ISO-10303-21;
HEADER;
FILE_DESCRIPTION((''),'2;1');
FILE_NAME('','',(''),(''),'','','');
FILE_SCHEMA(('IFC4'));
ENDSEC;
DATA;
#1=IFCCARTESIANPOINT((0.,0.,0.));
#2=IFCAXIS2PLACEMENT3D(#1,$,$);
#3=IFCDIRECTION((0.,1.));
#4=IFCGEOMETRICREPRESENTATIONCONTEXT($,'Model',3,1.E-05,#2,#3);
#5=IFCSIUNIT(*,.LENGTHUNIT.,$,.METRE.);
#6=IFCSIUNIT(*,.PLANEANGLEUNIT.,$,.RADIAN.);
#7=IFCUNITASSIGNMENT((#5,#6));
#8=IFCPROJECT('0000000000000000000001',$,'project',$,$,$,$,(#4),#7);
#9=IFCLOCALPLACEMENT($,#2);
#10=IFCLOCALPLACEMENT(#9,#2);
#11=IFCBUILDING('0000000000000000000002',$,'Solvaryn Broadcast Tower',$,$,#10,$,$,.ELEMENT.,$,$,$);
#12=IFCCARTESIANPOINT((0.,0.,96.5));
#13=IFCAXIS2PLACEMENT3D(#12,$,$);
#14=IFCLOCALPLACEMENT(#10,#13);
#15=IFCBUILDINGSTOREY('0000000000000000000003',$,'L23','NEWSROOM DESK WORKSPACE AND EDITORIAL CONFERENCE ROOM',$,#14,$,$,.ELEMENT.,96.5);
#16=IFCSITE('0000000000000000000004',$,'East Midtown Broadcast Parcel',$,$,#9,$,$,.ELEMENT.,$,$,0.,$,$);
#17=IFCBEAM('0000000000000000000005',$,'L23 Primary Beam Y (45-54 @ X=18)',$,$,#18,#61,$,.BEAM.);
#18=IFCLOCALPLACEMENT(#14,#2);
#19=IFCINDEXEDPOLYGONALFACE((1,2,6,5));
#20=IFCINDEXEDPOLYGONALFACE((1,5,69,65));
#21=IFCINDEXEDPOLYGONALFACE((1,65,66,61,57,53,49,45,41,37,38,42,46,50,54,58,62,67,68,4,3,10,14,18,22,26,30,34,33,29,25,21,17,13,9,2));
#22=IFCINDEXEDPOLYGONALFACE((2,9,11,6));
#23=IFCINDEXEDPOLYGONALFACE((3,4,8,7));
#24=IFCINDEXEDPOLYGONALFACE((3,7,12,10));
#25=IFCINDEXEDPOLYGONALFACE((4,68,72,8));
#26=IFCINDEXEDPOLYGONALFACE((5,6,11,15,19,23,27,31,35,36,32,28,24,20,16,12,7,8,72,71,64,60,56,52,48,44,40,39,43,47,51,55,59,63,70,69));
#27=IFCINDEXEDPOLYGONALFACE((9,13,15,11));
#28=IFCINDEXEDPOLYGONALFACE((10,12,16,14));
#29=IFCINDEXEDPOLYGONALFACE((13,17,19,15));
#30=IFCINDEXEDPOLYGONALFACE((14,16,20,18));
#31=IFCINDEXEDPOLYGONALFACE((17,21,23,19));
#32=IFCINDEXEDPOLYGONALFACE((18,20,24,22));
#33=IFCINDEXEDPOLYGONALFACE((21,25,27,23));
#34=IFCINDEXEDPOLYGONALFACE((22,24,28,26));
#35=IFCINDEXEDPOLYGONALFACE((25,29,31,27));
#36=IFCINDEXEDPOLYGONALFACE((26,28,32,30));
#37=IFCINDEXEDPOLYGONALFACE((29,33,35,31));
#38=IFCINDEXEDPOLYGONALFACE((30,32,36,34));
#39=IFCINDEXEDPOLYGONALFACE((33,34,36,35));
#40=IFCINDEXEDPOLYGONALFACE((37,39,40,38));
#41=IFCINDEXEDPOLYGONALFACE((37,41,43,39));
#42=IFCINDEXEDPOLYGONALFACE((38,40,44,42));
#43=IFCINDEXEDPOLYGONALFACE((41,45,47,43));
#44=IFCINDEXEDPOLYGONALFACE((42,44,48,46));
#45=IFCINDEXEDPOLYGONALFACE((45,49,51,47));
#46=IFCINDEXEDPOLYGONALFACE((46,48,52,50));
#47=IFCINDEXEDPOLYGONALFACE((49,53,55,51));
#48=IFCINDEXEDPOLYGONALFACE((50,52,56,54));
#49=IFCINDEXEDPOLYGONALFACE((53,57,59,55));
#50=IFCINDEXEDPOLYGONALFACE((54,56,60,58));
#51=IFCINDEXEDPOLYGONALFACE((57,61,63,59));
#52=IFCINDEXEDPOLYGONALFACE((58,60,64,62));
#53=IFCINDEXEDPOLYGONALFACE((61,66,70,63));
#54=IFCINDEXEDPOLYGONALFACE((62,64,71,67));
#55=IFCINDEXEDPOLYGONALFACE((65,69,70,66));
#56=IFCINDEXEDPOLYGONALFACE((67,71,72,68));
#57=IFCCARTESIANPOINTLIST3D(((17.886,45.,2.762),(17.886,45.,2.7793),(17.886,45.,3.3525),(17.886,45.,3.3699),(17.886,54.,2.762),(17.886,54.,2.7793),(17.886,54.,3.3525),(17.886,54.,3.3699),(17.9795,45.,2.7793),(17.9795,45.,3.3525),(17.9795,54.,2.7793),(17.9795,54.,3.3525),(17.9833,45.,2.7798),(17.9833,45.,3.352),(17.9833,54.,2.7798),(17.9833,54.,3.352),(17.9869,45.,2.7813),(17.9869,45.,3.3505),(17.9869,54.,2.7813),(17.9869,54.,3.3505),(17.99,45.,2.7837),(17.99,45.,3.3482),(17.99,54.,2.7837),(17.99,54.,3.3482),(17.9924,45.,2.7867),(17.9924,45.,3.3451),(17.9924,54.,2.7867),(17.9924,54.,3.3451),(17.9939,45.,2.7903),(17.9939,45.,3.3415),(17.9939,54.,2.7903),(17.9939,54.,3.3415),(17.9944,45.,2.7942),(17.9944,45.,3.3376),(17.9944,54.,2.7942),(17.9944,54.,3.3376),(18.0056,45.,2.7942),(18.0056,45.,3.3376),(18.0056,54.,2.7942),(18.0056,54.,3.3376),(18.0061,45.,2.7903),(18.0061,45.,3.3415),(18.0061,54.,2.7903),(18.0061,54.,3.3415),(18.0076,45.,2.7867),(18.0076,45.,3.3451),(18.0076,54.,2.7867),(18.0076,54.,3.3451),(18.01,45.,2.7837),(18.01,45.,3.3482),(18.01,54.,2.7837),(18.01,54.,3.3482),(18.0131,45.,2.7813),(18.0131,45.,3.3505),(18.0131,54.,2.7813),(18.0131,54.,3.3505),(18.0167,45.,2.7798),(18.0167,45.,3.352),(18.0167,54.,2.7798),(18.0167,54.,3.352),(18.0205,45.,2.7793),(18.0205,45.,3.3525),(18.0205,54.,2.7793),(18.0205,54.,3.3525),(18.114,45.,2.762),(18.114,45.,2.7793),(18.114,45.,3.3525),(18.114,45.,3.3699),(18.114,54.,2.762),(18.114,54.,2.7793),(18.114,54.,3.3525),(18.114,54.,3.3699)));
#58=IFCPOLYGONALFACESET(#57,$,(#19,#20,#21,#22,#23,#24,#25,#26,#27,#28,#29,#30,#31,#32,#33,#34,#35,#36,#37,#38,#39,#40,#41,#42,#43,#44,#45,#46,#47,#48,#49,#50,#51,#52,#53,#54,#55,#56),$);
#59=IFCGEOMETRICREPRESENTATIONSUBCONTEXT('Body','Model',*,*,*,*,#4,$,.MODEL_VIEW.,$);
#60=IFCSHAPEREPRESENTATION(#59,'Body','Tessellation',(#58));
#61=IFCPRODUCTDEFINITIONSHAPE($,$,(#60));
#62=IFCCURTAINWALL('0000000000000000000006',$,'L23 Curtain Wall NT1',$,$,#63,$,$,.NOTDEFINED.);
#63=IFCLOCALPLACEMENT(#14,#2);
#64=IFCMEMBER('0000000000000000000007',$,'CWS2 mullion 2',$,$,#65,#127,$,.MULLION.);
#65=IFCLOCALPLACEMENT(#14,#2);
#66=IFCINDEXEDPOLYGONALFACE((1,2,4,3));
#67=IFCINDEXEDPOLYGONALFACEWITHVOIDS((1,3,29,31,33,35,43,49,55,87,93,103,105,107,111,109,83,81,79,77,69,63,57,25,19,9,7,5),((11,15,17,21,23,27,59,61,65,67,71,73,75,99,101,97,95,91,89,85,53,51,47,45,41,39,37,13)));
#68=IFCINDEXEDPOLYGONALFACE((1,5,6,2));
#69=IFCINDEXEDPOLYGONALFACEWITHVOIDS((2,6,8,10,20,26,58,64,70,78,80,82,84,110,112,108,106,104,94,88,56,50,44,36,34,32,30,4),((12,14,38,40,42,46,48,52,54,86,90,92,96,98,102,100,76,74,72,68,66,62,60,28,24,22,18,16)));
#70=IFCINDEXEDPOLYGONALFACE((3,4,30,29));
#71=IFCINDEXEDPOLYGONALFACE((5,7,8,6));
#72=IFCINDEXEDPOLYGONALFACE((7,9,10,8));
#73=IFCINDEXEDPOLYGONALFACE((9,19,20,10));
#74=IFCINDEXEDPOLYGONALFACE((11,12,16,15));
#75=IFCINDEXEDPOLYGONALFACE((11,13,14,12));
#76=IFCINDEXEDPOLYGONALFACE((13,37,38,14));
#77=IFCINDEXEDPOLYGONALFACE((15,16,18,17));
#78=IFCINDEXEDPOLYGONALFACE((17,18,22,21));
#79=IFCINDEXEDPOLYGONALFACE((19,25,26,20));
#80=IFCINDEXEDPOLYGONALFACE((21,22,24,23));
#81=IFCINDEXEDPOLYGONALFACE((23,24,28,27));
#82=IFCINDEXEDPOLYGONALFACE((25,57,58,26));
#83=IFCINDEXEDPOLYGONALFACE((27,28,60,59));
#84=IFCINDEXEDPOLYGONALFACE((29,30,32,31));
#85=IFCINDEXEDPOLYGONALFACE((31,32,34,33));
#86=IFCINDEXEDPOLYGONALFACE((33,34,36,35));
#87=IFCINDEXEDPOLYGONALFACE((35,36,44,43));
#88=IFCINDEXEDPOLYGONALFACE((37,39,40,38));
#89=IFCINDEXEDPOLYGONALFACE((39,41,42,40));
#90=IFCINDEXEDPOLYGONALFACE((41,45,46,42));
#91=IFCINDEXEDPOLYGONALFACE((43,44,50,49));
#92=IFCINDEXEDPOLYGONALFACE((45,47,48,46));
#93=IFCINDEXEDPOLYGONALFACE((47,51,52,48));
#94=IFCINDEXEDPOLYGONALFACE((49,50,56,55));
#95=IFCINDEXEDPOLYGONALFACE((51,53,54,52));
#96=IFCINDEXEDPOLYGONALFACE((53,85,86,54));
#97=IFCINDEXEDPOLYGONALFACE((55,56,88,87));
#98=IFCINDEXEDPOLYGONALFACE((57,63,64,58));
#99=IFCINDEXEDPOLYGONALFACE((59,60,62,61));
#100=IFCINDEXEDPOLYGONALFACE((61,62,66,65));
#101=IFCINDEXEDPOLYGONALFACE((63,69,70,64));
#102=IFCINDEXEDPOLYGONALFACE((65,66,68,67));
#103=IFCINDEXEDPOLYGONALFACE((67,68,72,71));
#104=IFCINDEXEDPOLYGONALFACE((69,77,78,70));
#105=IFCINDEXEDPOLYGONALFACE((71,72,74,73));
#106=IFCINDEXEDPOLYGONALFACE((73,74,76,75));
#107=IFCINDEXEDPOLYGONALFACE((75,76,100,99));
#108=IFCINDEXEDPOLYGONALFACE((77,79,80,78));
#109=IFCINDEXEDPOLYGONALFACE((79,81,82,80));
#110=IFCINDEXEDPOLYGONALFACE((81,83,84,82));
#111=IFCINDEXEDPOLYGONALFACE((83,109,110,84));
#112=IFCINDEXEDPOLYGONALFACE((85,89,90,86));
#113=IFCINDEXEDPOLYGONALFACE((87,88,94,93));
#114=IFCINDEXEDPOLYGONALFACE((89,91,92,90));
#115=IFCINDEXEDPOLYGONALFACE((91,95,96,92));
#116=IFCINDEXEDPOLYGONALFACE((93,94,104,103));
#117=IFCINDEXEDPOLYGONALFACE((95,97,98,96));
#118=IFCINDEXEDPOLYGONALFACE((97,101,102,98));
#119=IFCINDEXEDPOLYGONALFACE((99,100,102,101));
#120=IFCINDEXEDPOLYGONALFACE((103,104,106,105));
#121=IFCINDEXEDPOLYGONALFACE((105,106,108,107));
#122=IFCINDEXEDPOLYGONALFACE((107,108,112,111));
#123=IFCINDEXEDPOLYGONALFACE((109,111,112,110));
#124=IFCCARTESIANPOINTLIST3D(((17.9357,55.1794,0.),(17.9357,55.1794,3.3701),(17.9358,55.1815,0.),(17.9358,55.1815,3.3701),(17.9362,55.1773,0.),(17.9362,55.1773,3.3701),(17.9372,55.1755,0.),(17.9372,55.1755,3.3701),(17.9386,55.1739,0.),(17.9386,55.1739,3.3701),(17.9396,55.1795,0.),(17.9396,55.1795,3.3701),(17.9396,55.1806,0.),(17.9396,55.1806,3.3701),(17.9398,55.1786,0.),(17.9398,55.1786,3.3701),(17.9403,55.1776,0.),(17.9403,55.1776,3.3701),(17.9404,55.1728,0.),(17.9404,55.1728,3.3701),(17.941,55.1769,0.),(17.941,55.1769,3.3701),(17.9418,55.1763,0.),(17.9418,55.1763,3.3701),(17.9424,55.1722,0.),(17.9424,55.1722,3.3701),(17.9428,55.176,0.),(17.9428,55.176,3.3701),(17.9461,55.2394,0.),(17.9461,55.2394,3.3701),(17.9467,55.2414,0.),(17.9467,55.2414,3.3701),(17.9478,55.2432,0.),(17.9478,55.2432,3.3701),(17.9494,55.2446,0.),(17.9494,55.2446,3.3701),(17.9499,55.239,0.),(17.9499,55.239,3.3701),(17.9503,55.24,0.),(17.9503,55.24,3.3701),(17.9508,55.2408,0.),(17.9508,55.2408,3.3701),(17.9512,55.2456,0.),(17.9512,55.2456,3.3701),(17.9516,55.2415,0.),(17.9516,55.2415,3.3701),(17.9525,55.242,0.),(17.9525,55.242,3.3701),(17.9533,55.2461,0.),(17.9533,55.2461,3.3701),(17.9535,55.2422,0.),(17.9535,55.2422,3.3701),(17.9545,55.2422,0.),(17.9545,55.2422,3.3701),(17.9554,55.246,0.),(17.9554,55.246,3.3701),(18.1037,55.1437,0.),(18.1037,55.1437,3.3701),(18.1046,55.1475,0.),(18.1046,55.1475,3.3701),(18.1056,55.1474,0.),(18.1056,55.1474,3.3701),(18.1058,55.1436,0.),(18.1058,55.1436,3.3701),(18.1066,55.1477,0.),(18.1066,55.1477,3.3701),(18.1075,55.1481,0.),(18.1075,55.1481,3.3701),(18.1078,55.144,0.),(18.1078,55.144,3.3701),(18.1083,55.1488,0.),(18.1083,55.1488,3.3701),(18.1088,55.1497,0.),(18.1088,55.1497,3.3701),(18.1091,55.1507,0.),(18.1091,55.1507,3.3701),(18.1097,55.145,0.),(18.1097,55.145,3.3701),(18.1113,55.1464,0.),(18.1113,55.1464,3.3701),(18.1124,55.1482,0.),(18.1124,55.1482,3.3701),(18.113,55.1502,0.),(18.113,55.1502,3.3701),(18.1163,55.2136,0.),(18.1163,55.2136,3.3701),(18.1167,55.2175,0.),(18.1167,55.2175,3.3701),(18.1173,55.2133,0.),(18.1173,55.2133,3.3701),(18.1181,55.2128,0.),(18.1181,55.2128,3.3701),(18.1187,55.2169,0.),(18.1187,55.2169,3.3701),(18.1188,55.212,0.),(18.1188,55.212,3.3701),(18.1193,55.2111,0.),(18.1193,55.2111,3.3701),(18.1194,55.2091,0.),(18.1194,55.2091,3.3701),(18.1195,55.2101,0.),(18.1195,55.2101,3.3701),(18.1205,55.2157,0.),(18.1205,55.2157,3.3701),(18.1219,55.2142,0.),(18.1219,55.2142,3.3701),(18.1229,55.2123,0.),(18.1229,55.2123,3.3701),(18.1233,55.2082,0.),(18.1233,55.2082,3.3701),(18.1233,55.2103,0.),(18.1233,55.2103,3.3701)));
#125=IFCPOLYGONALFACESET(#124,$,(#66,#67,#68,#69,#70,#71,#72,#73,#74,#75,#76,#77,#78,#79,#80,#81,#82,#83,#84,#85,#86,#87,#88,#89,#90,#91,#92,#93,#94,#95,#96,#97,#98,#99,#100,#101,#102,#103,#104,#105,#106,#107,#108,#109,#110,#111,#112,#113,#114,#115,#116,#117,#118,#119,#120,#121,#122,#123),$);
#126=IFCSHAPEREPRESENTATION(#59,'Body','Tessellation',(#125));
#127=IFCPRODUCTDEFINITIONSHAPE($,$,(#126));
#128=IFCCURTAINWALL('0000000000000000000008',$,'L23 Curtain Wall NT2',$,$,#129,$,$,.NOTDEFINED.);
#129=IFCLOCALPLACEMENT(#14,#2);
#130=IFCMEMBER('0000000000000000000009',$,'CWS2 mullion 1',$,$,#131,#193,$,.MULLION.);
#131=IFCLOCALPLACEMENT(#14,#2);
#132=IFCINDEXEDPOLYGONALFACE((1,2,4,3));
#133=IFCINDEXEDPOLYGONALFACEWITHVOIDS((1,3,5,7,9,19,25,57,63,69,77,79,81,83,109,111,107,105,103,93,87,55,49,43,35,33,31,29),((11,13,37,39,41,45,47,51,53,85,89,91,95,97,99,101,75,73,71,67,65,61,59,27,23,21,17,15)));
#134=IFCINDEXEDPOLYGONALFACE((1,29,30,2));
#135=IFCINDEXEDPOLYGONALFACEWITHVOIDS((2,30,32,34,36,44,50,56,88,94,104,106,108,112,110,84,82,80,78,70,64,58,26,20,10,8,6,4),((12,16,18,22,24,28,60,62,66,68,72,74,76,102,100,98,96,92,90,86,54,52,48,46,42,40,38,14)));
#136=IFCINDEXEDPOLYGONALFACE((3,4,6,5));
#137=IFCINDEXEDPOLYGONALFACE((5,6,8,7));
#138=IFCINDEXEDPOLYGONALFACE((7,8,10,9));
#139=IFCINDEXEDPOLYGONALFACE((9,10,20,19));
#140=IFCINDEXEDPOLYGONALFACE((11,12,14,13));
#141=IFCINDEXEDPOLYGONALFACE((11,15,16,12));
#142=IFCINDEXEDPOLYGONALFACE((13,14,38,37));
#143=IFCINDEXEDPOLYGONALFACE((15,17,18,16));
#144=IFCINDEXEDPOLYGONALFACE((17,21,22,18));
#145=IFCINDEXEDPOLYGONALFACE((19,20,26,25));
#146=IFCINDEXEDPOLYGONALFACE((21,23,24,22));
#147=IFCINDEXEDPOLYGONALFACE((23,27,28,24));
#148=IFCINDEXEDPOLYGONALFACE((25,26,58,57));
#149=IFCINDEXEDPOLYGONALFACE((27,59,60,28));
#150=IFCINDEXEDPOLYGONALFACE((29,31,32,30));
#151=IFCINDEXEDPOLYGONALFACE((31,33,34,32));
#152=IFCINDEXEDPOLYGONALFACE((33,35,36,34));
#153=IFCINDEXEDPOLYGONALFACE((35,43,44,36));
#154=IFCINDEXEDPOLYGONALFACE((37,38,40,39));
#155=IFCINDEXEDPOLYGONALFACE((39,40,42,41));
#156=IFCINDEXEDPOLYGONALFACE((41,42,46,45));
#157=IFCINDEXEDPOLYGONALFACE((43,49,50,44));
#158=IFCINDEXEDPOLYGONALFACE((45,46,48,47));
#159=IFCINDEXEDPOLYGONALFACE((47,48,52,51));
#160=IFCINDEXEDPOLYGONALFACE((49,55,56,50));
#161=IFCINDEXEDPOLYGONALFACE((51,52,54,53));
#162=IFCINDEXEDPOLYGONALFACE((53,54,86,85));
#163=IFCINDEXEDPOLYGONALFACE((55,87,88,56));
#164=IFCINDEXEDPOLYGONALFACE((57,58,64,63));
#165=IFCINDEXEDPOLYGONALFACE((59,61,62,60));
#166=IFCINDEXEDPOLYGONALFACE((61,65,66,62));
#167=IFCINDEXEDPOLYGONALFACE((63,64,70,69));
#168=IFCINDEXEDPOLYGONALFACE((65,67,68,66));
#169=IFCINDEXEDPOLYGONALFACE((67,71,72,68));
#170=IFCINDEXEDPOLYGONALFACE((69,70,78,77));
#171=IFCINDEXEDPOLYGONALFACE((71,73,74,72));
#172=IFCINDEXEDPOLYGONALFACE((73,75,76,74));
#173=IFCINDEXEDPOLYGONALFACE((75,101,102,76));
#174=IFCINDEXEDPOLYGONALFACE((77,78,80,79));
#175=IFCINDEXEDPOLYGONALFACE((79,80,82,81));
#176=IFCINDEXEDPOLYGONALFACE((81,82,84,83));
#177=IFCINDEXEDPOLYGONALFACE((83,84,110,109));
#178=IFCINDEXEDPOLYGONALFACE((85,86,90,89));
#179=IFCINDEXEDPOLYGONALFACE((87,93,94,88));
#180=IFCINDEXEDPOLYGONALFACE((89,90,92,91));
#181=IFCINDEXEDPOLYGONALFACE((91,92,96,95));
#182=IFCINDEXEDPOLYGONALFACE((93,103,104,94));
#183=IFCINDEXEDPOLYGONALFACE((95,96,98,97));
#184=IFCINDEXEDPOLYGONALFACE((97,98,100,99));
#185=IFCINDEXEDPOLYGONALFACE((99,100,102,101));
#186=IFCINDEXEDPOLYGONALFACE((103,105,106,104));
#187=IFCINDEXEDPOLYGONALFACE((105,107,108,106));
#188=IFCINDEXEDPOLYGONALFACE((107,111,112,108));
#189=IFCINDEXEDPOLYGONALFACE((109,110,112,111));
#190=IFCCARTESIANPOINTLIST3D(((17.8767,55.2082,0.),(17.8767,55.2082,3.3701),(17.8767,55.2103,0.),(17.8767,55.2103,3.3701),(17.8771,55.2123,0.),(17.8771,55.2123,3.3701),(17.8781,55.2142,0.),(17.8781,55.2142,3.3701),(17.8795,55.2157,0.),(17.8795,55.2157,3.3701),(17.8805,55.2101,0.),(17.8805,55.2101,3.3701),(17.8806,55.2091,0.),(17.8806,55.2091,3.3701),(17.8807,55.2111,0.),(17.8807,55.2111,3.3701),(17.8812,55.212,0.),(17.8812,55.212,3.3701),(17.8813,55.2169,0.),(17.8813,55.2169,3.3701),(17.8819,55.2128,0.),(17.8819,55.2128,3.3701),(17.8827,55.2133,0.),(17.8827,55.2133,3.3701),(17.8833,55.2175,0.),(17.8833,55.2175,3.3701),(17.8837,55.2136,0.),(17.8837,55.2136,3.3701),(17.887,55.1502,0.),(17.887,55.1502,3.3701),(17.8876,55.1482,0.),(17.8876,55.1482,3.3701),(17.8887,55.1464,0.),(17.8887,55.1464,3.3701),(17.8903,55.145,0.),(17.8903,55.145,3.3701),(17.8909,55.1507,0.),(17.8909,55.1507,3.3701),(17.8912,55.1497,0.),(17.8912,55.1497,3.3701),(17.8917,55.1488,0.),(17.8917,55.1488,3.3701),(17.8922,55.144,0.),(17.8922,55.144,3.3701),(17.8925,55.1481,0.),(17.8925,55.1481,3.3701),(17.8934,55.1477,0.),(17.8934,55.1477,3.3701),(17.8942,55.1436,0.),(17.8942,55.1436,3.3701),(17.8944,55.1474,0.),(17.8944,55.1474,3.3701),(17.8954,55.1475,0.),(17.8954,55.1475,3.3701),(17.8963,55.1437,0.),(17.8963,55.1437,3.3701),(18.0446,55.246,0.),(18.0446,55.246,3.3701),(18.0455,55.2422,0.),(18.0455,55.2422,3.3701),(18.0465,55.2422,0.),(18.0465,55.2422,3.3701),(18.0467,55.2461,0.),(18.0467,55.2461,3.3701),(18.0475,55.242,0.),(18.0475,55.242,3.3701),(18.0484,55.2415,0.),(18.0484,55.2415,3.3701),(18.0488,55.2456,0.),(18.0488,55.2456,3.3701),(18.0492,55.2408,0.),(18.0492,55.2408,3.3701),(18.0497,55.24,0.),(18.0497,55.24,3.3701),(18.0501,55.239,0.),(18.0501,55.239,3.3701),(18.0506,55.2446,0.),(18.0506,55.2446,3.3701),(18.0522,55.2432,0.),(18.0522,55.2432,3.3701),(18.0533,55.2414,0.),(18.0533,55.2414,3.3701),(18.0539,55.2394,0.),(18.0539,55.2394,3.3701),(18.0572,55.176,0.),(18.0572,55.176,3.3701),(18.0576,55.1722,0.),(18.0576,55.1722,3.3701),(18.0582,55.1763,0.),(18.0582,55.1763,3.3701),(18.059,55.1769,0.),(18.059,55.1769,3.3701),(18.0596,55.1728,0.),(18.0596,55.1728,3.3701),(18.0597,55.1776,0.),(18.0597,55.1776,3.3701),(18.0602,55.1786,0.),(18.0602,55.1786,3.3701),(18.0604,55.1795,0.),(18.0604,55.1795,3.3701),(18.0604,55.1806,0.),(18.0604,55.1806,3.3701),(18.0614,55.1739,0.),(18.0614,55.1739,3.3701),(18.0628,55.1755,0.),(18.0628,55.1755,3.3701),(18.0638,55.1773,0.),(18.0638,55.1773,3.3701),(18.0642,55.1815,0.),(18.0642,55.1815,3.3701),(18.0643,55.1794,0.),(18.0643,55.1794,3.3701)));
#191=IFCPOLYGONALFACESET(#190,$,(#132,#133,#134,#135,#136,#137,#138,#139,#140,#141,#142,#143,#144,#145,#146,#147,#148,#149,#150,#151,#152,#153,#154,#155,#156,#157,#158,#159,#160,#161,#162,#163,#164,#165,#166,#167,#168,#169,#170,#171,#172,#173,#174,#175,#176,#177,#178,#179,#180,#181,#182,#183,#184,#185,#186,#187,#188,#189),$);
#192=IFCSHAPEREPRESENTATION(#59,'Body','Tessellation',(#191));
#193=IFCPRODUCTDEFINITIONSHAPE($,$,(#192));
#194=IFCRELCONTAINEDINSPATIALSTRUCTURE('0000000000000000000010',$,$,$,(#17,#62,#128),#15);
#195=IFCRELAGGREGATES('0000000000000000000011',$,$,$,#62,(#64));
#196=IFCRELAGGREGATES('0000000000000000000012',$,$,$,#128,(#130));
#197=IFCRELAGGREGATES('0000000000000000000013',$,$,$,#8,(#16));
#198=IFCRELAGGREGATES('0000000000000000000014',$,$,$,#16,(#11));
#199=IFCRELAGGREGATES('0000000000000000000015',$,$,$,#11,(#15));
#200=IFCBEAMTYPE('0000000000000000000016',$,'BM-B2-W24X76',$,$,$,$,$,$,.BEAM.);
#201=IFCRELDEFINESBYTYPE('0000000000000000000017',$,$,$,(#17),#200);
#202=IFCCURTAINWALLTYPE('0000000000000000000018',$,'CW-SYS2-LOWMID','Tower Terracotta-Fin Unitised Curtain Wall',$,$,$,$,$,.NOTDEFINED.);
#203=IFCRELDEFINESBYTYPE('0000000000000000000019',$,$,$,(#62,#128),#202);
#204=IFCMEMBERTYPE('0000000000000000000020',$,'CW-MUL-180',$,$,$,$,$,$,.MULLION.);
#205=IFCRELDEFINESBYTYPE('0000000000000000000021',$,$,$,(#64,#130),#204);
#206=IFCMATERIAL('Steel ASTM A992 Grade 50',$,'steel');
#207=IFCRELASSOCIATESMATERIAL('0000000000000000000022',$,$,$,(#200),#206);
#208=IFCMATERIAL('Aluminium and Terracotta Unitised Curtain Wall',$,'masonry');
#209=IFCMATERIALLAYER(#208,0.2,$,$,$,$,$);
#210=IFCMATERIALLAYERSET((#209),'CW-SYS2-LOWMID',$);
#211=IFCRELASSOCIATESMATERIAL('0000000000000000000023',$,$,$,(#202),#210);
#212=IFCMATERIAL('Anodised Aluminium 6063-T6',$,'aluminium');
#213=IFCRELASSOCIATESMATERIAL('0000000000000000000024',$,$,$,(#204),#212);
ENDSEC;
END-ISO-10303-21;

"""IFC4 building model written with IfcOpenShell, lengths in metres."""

from ifc_helpers import new_model, si_unit, direction, frame, origin, origin_2d, place, context, subcontext, project, spatial, hollow_rectangle, i_section, extrude, material, layer, layer_set, material_profile, profile_set, type_object, element, aggregate, save


model = new_model("IFC4")

# Units and contexts
model_context = context("Model", 3, precision=1e-05, world=origin(), true_north=direction((0.0, 1.0)))
body_context = subcontext(model_context, "Body", "Model", "MODEL_VIEW")
ifc_project = project(units=[si_unit("LENGTHUNIT", "METRE"), si_unit("PLANEANGLEUNIT", "RADIAN")], contexts=[model_context])

# Site, building, storey
site_placement = place(None, origin())
site = spatial("IfcSite", under=ifc_project, at=site_placement, Name="East Midtown Broadcast Parcel", CompositionType="ELEMENT", RefElevation=0.0)
building_placement = place(site_placement, origin())
building = spatial("IfcBuilding", under=site, at=building_placement, Name="Solvaryn Broadcast Tower", CompositionType="ELEMENT")
storey_placement = place(building_placement, frame((0.0, 0.0, 96.5)))
storey = spatial("IfcBuildingStorey", under=building, at=storey_placement, Name="L23", Description="NEWSROOM DESK WORKSPACE AND EDITORIAL CONFERENCE ROOM", CompositionType="ELEMENT", Elevation=96.5)

# Beam
ifc_material_1 = material(Name="Steel ASTM A992 Grade 50", Category="steel")
ifc_material_profile_1 = material_profile(ifc_material_1, i_section(OverallWidth=0.228, OverallDepth=0.6079, WebThickness=0.0112, FlangeThickness=0.0173, FilletRadius=0.0149, at=origin_2d()))
ifc_profile_set_1 = profile_set([ifc_material_profile_1], Name="Steel ASTM A992 Grade 50")
beam_type_1 = type_object("IfcBeamType", Name="BM-B2-W24X76", PredefinedType="BEAM", material=ifc_profile_set_1)
beam_1_placement = place(storey_placement, frame((18.0, 45.0, 3.0659), z_axis=(0.0, 1.0, 0.0), x_axis=(-1.0, 0.0, 0.0)))
element("IfcBeam", 1, at=beam_1_placement, inside=storey, type_object=beam_type_1, Name="L23 Primary Beam Y (45-54 @ X=18)", PredefinedType="BEAM", context=body_context, shape_type="SweptSolid", body=[
    extrude(i_section(OverallWidth=0.228, OverallDepth=0.6079, WebThickness=0.0112, FlangeThickness=0.0173, FilletRadius=0.0149, at=origin_2d()), origin(), (0.0, 0.0, 1.0), 9.0),
])

# Curtain wall, member
ifc_material_2 = material(Name="Aluminium and Terracotta Unitised Curtain Wall", Category="masonry")
ifc_layer_1 = layer(ifc_material_2, 0.2)
ifc_layer_set_1 = layer_set([ifc_layer_1], Name="CW-SYS2-LOWMID")
curtain_wall_type = type_object("IfcCurtainWallType", Name="CW-SYS2-LOWMID", Description="Tower Terracotta-Fin Unitised Curtain Wall", PredefinedType="NOTDEFINED", material=ifc_layer_set_1)
curtain_wall_1_placement = place(storey_placement, origin())
curtain_wall_1 = element("IfcCurtainWall", 2, at=curtain_wall_1_placement, inside=storey, type_object=curtain_wall_type, Name="L23 Curtain Wall NT1", PredefinedType="NOTDEFINED")
ifc_material_3 = material(Name="Anodised Aluminium 6063-T6", Category="aluminium")
ifc_material_profile_2 = material_profile(ifc_material_3, hollow_rectangle(XDim=0.075, YDim=0.1799, WallThickness=0.0039, InnerFilletRadius=0.0039, OuterFilletRadius=0.0081, at=origin_2d()))
ifc_profile_set_2 = profile_set([ifc_material_profile_2], Name="Anodised Aluminium 6063-T6")
member_type_1 = type_object("IfcMemberType", Name="CW-MUL-180", PredefinedType="MULLION", material=ifc_profile_set_2)
member_1_placement = place(storey_placement, frame((18.0295, 55.1948, 0.0), z_axis=(0.0, 0.0, 1.0), x_axis=(-0.173785, -0.984784, 0.0)))
member_1 = element("IfcMember", 3, at=member_1_placement, type_object=member_type_1, Name="CWS2 mullion 2", PredefinedType="MULLION", context=body_context, shape_type="SweptSolid", body=[
    extrude(hollow_rectangle(XDim=0.075, YDim=0.1799, WallThickness=0.0039, InnerFilletRadius=0.0039, OuterFilletRadius=0.0081, at=origin_2d()), origin(), (0.0, 0.0, 1.0), 3.3701),
])

# Curtain wall, member
curtain_wall_2_placement = place(storey_placement, origin())
curtain_wall_2 = element("IfcCurtainWall", 4, at=curtain_wall_2_placement, inside=storey, type_object=curtain_wall_type, Name="L23 Curtain Wall NT2", PredefinedType="NOTDEFINED")
member_2_placement = place(storey_placement, frame((17.9705, 55.1948, 0.0), z_axis=(0.0, 0.0, 1.0), x_axis=(0.173785, -0.984784, 0.0)))
member_2 = element("IfcMember", 5, at=member_2_placement, type_object=member_type_1, Name="CWS2 mullion 1", PredefinedType="MULLION", context=body_context, shape_type="SweptSolid", body=[
    extrude(hollow_rectangle(XDim=0.075, YDim=0.1799, WallThickness=0.0039, InnerFilletRadius=0.0039, OuterFilletRadius=0.0081, at=origin_2d()), origin(), (0.0, 0.0, 1.0), 3.3701),
])

aggregate(curtain_wall_1, [member_1])
aggregate(curtain_wall_2, [member_2])

save(model, "model.ifc")
